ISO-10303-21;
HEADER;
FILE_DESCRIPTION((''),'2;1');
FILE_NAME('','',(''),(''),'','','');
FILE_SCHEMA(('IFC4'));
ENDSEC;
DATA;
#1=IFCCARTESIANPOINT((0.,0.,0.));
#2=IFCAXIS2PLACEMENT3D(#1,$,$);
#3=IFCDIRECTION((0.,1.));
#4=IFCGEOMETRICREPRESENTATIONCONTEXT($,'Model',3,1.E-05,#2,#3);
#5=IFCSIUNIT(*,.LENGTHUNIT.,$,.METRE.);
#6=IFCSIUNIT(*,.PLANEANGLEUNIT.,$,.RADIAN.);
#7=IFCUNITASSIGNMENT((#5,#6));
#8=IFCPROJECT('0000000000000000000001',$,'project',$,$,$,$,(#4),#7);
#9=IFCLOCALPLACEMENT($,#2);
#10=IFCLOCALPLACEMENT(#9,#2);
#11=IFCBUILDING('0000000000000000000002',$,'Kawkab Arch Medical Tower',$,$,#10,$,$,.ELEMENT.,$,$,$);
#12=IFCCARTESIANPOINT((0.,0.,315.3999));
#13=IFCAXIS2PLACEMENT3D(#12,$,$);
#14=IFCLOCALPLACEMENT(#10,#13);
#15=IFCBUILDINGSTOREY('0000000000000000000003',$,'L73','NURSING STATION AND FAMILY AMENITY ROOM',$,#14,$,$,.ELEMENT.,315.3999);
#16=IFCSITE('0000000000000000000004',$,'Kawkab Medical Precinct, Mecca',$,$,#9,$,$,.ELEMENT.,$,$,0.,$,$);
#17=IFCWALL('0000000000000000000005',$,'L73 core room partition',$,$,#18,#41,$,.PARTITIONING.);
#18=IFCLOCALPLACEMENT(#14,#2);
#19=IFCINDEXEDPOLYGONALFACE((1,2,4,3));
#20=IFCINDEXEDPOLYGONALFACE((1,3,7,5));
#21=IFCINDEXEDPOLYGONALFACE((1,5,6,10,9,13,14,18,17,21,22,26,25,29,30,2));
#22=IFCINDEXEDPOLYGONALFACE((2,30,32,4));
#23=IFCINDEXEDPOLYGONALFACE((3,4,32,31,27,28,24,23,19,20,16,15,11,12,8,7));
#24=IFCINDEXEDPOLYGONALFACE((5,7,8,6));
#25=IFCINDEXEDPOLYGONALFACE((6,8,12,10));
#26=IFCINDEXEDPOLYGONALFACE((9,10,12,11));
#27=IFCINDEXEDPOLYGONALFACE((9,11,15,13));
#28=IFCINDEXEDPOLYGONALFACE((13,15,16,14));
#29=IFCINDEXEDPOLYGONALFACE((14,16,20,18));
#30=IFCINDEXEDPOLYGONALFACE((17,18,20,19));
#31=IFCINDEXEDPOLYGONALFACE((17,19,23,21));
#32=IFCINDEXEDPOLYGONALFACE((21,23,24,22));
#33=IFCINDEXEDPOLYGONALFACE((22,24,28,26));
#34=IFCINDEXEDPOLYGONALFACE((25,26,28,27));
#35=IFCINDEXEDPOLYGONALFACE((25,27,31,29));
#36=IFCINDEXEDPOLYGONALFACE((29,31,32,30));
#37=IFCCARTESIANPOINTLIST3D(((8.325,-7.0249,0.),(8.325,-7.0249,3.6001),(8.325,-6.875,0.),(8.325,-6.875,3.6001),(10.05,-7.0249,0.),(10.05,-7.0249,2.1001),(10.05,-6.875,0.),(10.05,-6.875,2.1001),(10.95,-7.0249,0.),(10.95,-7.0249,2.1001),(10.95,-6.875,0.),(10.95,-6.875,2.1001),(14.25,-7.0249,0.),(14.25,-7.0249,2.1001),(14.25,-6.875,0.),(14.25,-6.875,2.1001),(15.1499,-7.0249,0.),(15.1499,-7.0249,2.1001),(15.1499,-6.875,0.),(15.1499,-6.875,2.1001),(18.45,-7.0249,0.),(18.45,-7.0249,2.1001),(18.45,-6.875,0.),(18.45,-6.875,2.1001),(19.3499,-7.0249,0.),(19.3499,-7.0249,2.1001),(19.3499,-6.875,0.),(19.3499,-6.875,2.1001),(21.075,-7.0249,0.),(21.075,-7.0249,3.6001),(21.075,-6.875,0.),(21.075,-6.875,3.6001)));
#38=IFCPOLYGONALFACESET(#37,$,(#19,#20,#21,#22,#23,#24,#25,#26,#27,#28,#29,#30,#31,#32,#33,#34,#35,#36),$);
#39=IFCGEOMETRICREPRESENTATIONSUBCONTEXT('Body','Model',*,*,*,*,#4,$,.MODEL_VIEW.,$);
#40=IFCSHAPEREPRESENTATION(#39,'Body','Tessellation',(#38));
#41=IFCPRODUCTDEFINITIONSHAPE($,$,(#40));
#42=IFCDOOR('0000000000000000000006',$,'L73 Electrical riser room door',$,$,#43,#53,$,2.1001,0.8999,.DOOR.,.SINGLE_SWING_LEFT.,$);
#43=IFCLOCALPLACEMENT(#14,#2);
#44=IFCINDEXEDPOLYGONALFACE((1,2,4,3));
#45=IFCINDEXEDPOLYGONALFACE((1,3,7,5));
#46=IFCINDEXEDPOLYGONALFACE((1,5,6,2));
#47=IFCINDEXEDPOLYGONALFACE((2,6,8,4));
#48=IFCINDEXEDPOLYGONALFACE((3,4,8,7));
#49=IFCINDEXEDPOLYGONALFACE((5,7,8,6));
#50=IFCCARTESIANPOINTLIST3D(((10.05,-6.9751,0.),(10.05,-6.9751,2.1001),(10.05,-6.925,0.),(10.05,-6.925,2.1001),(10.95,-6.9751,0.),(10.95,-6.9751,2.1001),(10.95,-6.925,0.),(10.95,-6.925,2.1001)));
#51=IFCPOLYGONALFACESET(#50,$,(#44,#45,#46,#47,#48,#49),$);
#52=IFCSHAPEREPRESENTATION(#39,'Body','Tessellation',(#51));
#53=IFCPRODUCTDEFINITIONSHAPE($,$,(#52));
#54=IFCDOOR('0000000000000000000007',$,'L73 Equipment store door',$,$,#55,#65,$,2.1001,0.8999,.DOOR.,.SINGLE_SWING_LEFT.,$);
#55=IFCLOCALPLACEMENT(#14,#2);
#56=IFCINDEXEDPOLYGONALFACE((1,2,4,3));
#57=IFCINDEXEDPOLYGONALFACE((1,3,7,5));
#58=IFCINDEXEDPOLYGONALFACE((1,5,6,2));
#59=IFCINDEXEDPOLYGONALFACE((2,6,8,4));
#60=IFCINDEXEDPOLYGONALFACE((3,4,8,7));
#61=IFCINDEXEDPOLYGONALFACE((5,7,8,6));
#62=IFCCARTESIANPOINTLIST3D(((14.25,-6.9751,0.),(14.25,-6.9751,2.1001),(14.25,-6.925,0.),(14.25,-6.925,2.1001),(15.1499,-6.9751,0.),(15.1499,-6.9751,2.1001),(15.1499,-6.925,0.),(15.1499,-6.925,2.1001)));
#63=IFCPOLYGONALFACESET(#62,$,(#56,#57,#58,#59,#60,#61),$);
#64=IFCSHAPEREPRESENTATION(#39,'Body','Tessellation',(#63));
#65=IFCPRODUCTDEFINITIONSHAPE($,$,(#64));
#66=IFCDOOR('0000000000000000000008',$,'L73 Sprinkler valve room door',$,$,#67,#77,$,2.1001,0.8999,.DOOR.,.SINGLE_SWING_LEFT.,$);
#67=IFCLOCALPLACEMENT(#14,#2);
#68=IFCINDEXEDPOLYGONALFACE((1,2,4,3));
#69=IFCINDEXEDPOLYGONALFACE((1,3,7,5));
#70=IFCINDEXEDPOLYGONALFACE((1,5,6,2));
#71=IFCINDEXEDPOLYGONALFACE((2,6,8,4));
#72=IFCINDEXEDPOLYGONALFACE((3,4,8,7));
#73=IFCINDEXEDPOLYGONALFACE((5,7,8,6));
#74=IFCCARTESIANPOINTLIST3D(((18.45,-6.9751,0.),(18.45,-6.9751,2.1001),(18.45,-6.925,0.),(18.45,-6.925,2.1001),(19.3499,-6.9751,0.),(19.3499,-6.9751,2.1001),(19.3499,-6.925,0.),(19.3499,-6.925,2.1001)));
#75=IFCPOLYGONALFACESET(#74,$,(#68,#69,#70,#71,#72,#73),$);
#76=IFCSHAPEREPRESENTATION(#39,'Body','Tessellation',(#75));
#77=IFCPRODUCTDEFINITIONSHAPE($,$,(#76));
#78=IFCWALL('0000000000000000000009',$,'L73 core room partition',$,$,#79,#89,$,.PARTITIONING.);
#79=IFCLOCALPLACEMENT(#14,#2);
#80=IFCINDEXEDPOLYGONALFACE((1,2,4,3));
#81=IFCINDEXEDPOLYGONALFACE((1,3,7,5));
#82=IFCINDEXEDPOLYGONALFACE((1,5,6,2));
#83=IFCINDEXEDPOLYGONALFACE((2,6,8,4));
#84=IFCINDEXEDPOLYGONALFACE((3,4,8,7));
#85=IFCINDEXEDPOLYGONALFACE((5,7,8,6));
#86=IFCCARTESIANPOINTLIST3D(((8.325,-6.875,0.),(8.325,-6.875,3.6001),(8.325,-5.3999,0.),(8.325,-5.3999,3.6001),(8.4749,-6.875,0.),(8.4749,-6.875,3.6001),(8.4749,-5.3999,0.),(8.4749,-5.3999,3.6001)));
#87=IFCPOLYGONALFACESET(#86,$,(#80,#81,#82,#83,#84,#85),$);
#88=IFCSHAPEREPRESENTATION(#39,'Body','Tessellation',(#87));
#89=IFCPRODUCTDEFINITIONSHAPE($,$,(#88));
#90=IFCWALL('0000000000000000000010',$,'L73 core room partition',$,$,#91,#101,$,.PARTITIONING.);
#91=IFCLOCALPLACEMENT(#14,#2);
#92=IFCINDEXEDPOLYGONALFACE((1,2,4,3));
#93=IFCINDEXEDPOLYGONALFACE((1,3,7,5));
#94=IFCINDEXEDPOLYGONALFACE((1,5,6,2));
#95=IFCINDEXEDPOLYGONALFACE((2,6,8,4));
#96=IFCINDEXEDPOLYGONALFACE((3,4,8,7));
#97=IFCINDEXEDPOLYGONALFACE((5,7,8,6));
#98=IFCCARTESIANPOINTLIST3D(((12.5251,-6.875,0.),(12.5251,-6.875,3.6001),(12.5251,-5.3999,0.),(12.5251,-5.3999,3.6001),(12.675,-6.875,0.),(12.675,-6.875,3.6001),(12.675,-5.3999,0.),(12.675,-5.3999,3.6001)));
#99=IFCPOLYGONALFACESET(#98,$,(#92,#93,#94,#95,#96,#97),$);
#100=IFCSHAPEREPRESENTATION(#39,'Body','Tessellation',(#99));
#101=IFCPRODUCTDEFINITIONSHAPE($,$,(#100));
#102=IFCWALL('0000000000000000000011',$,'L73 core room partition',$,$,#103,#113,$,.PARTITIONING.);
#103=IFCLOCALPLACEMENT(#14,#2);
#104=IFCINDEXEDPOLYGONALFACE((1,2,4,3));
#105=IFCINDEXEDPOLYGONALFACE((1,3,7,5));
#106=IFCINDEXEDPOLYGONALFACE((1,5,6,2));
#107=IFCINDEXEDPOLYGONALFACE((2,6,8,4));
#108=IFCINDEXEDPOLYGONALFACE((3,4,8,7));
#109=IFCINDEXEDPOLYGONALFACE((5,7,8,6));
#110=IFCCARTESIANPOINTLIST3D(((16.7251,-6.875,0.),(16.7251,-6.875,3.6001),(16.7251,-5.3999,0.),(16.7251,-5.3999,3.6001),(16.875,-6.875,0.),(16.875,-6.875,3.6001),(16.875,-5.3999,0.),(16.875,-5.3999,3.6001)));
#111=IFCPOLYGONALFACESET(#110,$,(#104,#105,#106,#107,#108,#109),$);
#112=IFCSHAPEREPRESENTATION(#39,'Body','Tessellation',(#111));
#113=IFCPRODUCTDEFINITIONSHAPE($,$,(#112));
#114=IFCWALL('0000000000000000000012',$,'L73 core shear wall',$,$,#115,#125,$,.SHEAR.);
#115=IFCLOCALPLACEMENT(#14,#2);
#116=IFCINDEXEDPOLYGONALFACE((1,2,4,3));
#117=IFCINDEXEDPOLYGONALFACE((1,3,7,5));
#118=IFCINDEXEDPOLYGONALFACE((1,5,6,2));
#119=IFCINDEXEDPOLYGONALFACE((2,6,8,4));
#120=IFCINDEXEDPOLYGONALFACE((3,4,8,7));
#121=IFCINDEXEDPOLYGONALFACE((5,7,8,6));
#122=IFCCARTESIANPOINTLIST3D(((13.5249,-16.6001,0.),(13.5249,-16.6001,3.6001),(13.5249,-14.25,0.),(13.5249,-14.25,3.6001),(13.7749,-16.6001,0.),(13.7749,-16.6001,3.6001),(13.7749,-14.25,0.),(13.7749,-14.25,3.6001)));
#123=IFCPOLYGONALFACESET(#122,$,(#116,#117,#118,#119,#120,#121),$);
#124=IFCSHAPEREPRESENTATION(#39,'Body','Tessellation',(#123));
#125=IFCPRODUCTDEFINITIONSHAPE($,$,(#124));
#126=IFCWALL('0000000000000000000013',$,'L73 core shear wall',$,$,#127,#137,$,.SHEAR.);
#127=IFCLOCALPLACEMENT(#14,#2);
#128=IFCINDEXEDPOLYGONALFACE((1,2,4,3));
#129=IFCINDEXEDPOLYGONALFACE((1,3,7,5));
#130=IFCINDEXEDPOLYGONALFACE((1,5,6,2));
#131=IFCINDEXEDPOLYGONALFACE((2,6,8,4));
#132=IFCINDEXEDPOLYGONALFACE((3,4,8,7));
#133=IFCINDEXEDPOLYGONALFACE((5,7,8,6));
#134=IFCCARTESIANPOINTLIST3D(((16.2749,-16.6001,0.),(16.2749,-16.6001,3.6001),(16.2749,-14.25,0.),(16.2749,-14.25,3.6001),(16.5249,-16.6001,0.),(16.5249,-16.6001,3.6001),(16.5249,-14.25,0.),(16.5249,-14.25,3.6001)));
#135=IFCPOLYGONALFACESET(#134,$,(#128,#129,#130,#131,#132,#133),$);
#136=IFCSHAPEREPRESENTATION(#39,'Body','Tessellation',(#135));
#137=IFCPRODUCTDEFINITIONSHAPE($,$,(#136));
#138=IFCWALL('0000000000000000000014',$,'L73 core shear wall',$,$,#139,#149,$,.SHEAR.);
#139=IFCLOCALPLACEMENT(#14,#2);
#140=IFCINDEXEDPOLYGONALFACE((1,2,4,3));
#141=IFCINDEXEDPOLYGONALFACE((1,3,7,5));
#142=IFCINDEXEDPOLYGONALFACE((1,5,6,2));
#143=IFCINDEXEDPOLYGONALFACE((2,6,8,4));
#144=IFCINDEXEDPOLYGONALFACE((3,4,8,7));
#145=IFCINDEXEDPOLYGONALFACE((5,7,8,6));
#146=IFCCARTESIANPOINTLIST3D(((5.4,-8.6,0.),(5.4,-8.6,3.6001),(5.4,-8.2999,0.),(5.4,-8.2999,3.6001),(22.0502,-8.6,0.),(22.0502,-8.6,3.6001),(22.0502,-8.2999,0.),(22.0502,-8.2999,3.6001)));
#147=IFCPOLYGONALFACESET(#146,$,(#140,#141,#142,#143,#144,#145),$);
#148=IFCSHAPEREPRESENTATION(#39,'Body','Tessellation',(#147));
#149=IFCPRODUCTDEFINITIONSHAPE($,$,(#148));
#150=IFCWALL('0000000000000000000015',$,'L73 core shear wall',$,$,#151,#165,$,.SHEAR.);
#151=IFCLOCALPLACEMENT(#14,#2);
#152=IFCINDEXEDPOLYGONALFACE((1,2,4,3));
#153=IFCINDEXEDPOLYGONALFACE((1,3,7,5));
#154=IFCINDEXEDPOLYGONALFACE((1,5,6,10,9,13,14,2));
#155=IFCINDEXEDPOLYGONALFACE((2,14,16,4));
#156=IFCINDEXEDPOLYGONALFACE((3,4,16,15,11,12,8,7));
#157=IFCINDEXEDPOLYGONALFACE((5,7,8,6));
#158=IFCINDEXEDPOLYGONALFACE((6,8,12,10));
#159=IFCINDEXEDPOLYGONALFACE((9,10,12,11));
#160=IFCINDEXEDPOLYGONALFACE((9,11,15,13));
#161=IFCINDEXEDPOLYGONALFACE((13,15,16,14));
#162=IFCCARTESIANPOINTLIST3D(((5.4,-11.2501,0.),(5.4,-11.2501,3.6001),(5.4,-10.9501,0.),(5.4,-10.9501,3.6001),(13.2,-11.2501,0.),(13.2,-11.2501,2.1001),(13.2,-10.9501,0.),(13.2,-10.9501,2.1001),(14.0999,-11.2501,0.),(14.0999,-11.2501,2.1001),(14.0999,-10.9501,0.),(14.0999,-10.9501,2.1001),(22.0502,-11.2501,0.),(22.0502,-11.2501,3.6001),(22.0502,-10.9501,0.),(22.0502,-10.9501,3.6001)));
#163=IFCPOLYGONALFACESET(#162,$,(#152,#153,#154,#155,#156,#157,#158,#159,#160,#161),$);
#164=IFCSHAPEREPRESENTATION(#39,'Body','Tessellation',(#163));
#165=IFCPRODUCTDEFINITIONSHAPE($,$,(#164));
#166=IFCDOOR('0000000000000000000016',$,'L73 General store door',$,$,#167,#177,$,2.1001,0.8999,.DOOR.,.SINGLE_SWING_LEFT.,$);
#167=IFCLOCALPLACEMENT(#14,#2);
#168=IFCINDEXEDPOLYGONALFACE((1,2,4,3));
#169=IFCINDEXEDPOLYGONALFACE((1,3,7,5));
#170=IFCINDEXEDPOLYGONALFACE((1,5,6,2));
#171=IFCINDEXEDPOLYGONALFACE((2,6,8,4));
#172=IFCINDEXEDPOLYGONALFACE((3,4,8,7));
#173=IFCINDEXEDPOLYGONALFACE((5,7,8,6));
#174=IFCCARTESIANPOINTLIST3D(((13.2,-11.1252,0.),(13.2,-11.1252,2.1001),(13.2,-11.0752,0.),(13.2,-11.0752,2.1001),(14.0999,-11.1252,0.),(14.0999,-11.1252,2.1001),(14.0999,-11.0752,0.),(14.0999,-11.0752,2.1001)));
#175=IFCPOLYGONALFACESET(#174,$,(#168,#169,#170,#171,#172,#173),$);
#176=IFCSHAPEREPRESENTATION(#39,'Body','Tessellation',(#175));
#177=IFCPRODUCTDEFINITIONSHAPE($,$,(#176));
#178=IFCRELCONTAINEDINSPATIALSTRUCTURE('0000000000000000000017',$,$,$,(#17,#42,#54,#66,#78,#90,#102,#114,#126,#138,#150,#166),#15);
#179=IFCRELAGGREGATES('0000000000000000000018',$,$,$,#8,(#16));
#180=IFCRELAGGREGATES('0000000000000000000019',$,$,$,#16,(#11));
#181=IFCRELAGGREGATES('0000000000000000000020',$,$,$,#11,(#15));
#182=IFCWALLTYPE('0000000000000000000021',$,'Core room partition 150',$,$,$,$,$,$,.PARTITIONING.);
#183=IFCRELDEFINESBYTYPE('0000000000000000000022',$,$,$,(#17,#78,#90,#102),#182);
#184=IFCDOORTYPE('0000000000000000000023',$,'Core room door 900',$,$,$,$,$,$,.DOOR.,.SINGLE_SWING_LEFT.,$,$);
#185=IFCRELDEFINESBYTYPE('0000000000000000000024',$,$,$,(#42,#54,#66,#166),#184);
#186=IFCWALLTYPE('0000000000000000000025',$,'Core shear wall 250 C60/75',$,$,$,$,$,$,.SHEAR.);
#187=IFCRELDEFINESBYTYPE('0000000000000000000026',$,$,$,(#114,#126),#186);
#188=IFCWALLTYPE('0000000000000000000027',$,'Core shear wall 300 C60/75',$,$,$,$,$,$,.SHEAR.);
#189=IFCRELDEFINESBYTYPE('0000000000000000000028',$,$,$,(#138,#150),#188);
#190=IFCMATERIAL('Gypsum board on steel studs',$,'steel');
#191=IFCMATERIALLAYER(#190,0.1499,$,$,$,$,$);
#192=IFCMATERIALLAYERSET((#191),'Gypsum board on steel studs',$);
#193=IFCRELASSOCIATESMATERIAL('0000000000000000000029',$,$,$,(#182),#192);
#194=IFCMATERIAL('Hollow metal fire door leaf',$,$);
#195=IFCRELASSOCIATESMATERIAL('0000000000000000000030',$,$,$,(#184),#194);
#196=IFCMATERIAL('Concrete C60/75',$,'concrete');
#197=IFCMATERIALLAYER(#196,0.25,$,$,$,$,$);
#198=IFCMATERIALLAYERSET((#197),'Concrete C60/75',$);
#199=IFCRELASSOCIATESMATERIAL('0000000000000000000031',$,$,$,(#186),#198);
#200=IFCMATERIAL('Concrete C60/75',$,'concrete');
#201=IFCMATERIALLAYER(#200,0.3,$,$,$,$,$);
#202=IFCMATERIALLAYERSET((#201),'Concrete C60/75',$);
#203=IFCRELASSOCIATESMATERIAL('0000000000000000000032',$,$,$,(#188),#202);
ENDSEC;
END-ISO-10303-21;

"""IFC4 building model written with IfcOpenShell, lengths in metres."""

from ifc_helpers import new_model, si_unit, direction, frame, frame_2d, origin, place, context, subcontext, project, spatial, rectangle, extrude, material, layer, layer_set, type_object, element, fill, save


model = new_model("IFC4")

# Units and contexts
model_context = context("Model", 3, precision=1e-05, world=origin(), true_north=direction((0.0, 1.0)))
body_context = subcontext(model_context, "Body", "Model", "MODEL_VIEW")
ifc_project = project(units=[si_unit("LENGTHUNIT", "METRE"), si_unit("PLANEANGLEUNIT", "RADIAN")], contexts=[model_context])

# Site, building, storey
site_placement = place(None, origin())
site = spatial("IfcSite", under=ifc_project, at=site_placement, Name="Kawkab Medical Precinct, Mecca", CompositionType="ELEMENT", RefElevation=0.0)
building_placement = place(site_placement, origin())
building = spatial("IfcBuilding", under=site, at=building_placement, Name="Kawkab Arch Medical Tower", CompositionType="ELEMENT")
storey_placement = place(building_placement, frame((0.0, 0.0, 315.3999)))
storey = spatial("IfcBuildingStorey", under=building, at=storey_placement, Name="L73", Description="NURSING STATION AND FAMILY AMENITY ROOM", CompositionType="ELEMENT", Elevation=315.3999)

# Wall, openings, doors
ifc_material_1 = material(Name="Gypsum board on steel studs", Category="steel")
ifc_layer_1 = layer(ifc_material_1, 0.1499)
ifc_layer_set_1 = layer_set([ifc_layer_1], Name="Gypsum board on steel studs")
wall_type_1 = type_object("IfcWallType", Name="Core room partition 150", PredefinedType="PARTITIONING", material=ifc_layer_set_1)
wall_1_placement = place(storey_placement, frame((8.325, -6.95, 0.0), z_axis=(0.0, 0.0, 1.0), x_axis=(1.0, 0.0, 0.0)))
wall_1 = element("IfcWall", 1, at=wall_1_placement, inside=storey, type_object=wall_type_1, Name="L73 core room partition", PredefinedType="PARTITIONING", context=body_context, shape_type="SweptSolid", body=[
    extrude(rectangle(XDim=12.75, YDim=0.1499, at=frame_2d((6.375, 0.0))), origin(), (0.0, 0.0, 1.0), 3.6001),
])
opening_1_placement = place(wall_1_placement, frame((1.7251, 0.0, 0.0)))
opening_1 = element("IfcOpeningElement", 2, at=opening_1_placement, cuts=wall_1, PredefinedType="OPENING", context=body_context, shape_type="SweptSolid", body=[
    extrude(rectangle(XDim=0.8999, YDim=2.1001, at=frame_2d((0.45, 1.05))), frame((0.0, 0.085, 0.0), z_axis=(0.0, -1.0, 0.0), x_axis=(1.0, 0.0, 0.0)), (0.0, 0.0, 1.0), 0.1699),
])
opening_2_placement = place(wall_1_placement, frame((5.925, 0.0, 0.0)))
opening_2 = element("IfcOpeningElement", 3, at=opening_2_placement, cuts=wall_1, PredefinedType="OPENING", context=body_context, shape_type="SweptSolid", body=[
    extrude(rectangle(XDim=0.8999, YDim=2.1001, at=frame_2d((0.45, 1.05))), frame((0.0, 0.085, 0.0), z_axis=(0.0, -1.0, 0.0), x_axis=(1.0, 0.0, 0.0)), (0.0, 0.0, 1.0), 0.1699),
])
opening_3_placement = place(wall_1_placement, frame((10.125, 0.0, 0.0)))
opening_3 = element("IfcOpeningElement", 4, at=opening_3_placement, cuts=wall_1, PredefinedType="OPENING", context=body_context, shape_type="SweptSolid", body=[
    extrude(rectangle(XDim=0.8999, YDim=2.1001, at=frame_2d((0.45, 1.05))), frame((0.0, 0.085, 0.0), z_axis=(0.0, -1.0, 0.0), x_axis=(1.0, 0.0, 0.0)), (0.0, 0.0, 1.0), 0.1699),
])
ifc_material_2 = material(Name="Hollow metal fire door leaf")
door_type_1 = type_object("IfcDoorType", Name="Core room door 900", OperationType="SINGLE_SWING_LEFT", PredefinedType="DOOR", material=ifc_material_2)
door_1_placement = place(opening_1_placement, origin())
door_1 = element("IfcDoor", 5, at=door_1_placement, inside=storey, type_object=door_type_1, Name="L73 Electrical riser room door", OperationType="SINGLE_SWING_LEFT", OverallHeight=2.1001, OverallWidth=0.8999, PredefinedType="DOOR", context=body_context, shape_type="SweptSolid", body=[
    extrude(rectangle(XDim=0.8999, YDim=2.1001, at=frame_2d((0.45, 1.05))), frame((0.0, 0.0249, 0.0), z_axis=(0.0, -1.0, 0.0), x_axis=(1.0, 0.0, 0.0)), (0.0, 0.0, 1.0), 0.05),
])
fill(opening_1, door_1)
door_2_placement = place(opening_2_placement, origin())
door_2 = element("IfcDoor", 6, at=door_2_placement, inside=storey, type_object=door_type_1, Name="L73 Equipment store door", OperationType="SINGLE_SWING_LEFT", OverallHeight=2.1001, OverallWidth=0.8999, PredefinedType="DOOR", context=body_context, shape_type="SweptSolid", body=[
    extrude(rectangle(XDim=0.8999, YDim=2.1001, at=frame_2d((0.45, 1.05))), frame((0.0, 0.0249, 0.0), z_axis=(0.0, -1.0, 0.0), x_axis=(1.0, 0.0, 0.0)), (0.0, 0.0, 1.0), 0.05),
])
fill(opening_2, door_2)
door_3_placement = place(opening_3_placement, origin())
door_3 = element("IfcDoor", 7, at=door_3_placement, inside=storey, type_object=door_type_1, Name="L73 Sprinkler valve room door", OperationType="SINGLE_SWING_LEFT", OverallHeight=2.1001, OverallWidth=0.8999, PredefinedType="DOOR", context=body_context, shape_type="SweptSolid", body=[
    extrude(rectangle(XDim=0.8999, YDim=2.1001, at=frame_2d((0.45, 1.05))), frame((0.0, 0.0249, 0.0), z_axis=(0.0, -1.0, 0.0), x_axis=(1.0, 0.0, 0.0)), (0.0, 0.0, 1.0), 0.05),
])
fill(opening_3, door_3)

# Walls
for number, where, z_axis, x_axis, name in (
    (8, (8.3999, -6.875, 0.0), (0.0, 0.0, 1.0), (0.0, 1.0, 0.0), "L73 core room partition"),
    (9, (12.6001, -6.875, 0.0), (0.0, 0.0, 1.0), (0.0, 1.0, 0.0), "L73 core room partition"),
    (10, (16.8, -6.875, 0.0), (0.0, 0.0, 1.0), (0.0, 1.0, 0.0), "L73 core room partition"),
):
    element("IfcWall", number, at=place(storey_placement, frame(where, z_axis=z_axis, x_axis=x_axis)), inside=storey, type_object=wall_type_1, Name=name, PredefinedType="PARTITIONING", context=body_context, shape_type="SweptSolid", body=[
        extrude(rectangle(XDim=1.4751, YDim=0.1499, at=frame_2d((0.7375, 0.0))), origin(), (0.0, 0.0, 1.0), 3.6001),
    ])
ifc_material_3 = material(Name="Concrete C60/75", Category="concrete")
ifc_layer_2 = layer(ifc_material_3, 0.25)
ifc_layer_set_2 = layer_set([ifc_layer_2], Name="Concrete C60/75")
wall_type_2 = type_object("IfcWallType", Name="Core shear wall 250 C60/75", PredefinedType="SHEAR", material=ifc_layer_set_2)
for number, where, z_axis, x_axis, name in (
    (11, (13.6499, -16.6001, 0.0), (0.0, 0.0, 1.0), (0.0, 1.0, 0.0), "L73 core shear wall"),
    (12, (16.3999, -16.6001, 0.0), (0.0, 0.0, 1.0), (0.0, 1.0, 0.0), "L73 core shear wall"),
):
    element("IfcWall", number, at=place(storey_placement, frame(where, z_axis=z_axis, x_axis=x_axis)), inside=storey, type_object=wall_type_2, Name=name, PredefinedType="SHEAR", context=body_context, shape_type="SweptSolid", body=[
        extrude(rectangle(XDim=2.3501, YDim=0.25, at=frame_2d((1.175, 0.0))), origin(), (0.0, 0.0, 1.0), 3.6001),
    ])
ifc_material_4 = material(Name="Concrete C60/75", Category="concrete")
ifc_layer_3 = layer(ifc_material_4, 0.3)
ifc_layer_set_3 = layer_set([ifc_layer_3], Name="Concrete C60/75")
wall_type_3 = type_object("IfcWallType", Name="Core shear wall 300 C60/75", PredefinedType="SHEAR", material=ifc_layer_set_3)
wall_2_placement = place(storey_placement, frame((5.3999, -8.45, 0.0), z_axis=(0.0, 0.0, 1.0), x_axis=(1.0, 0.0, 0.0)))
element("IfcWall", 13, at=wall_2_placement, inside=storey, type_object=wall_type_3, Name="L73 core shear wall", PredefinedType="SHEAR", context=body_context, shape_type="SweptSolid", body=[
    extrude(rectangle(XDim=16.6501, YDim=0.3, at=frame_2d((8.3252, 0.0))), origin(), (0.0, 0.0, 1.0), 3.6001),
])

# Wall, opening, door
wall_3_placement = place(storey_placement, frame((5.3999, -11.1001, 0.0), z_axis=(0.0, 0.0, 1.0), x_axis=(1.0, 0.0, 0.0)))
wall_3 = element("IfcWall", 14, at=wall_3_placement, inside=storey, type_object=wall_type_3, Name="L73 core shear wall", PredefinedType="SHEAR", context=body_context, shape_type="SweptSolid", body=[
    extrude(rectangle(XDim=16.6501, YDim=0.3, at=frame_2d((8.3252, 0.0))), origin(), (0.0, 0.0, 1.0), 3.6001),
])
opening_4_placement = place(wall_3_placement, frame((7.8, 0.0, 0.0)))
opening_4 = element("IfcOpeningElement", 15, at=opening_4_placement, cuts=wall_3, PredefinedType="OPENING", context=body_context, shape_type="SweptSolid", body=[
    extrude(rectangle(XDim=0.8999, YDim=2.1001, at=frame_2d((0.45, 1.05))), frame((0.0, 0.1599, 0.0), z_axis=(0.0, -1.0, 0.0), x_axis=(1.0, 0.0, 0.0)), (0.0, 0.0, 1.0), 0.3201),
])
door_4_placement = place(opening_4_placement, origin())
door_4 = element("IfcDoor", 16, at=door_4_placement, inside=storey, type_object=door_type_1, Name="L73 General store door", OperationType="SINGLE_SWING_LEFT", OverallHeight=2.1001, OverallWidth=0.8999, PredefinedType="DOOR", context=body_context, shape_type="SweptSolid", body=[
    extrude(rectangle(XDim=0.8999, YDim=2.1001, at=frame_2d((0.45, 1.05))), frame((0.0, 0.0249, 0.0), z_axis=(0.0, -1.0, 0.0), x_axis=(1.0, 0.0, 0.0)), (0.0, 0.0, 1.0), 0.05),
])
fill(opening_4, door_4)

save(model, "model.ifc")
